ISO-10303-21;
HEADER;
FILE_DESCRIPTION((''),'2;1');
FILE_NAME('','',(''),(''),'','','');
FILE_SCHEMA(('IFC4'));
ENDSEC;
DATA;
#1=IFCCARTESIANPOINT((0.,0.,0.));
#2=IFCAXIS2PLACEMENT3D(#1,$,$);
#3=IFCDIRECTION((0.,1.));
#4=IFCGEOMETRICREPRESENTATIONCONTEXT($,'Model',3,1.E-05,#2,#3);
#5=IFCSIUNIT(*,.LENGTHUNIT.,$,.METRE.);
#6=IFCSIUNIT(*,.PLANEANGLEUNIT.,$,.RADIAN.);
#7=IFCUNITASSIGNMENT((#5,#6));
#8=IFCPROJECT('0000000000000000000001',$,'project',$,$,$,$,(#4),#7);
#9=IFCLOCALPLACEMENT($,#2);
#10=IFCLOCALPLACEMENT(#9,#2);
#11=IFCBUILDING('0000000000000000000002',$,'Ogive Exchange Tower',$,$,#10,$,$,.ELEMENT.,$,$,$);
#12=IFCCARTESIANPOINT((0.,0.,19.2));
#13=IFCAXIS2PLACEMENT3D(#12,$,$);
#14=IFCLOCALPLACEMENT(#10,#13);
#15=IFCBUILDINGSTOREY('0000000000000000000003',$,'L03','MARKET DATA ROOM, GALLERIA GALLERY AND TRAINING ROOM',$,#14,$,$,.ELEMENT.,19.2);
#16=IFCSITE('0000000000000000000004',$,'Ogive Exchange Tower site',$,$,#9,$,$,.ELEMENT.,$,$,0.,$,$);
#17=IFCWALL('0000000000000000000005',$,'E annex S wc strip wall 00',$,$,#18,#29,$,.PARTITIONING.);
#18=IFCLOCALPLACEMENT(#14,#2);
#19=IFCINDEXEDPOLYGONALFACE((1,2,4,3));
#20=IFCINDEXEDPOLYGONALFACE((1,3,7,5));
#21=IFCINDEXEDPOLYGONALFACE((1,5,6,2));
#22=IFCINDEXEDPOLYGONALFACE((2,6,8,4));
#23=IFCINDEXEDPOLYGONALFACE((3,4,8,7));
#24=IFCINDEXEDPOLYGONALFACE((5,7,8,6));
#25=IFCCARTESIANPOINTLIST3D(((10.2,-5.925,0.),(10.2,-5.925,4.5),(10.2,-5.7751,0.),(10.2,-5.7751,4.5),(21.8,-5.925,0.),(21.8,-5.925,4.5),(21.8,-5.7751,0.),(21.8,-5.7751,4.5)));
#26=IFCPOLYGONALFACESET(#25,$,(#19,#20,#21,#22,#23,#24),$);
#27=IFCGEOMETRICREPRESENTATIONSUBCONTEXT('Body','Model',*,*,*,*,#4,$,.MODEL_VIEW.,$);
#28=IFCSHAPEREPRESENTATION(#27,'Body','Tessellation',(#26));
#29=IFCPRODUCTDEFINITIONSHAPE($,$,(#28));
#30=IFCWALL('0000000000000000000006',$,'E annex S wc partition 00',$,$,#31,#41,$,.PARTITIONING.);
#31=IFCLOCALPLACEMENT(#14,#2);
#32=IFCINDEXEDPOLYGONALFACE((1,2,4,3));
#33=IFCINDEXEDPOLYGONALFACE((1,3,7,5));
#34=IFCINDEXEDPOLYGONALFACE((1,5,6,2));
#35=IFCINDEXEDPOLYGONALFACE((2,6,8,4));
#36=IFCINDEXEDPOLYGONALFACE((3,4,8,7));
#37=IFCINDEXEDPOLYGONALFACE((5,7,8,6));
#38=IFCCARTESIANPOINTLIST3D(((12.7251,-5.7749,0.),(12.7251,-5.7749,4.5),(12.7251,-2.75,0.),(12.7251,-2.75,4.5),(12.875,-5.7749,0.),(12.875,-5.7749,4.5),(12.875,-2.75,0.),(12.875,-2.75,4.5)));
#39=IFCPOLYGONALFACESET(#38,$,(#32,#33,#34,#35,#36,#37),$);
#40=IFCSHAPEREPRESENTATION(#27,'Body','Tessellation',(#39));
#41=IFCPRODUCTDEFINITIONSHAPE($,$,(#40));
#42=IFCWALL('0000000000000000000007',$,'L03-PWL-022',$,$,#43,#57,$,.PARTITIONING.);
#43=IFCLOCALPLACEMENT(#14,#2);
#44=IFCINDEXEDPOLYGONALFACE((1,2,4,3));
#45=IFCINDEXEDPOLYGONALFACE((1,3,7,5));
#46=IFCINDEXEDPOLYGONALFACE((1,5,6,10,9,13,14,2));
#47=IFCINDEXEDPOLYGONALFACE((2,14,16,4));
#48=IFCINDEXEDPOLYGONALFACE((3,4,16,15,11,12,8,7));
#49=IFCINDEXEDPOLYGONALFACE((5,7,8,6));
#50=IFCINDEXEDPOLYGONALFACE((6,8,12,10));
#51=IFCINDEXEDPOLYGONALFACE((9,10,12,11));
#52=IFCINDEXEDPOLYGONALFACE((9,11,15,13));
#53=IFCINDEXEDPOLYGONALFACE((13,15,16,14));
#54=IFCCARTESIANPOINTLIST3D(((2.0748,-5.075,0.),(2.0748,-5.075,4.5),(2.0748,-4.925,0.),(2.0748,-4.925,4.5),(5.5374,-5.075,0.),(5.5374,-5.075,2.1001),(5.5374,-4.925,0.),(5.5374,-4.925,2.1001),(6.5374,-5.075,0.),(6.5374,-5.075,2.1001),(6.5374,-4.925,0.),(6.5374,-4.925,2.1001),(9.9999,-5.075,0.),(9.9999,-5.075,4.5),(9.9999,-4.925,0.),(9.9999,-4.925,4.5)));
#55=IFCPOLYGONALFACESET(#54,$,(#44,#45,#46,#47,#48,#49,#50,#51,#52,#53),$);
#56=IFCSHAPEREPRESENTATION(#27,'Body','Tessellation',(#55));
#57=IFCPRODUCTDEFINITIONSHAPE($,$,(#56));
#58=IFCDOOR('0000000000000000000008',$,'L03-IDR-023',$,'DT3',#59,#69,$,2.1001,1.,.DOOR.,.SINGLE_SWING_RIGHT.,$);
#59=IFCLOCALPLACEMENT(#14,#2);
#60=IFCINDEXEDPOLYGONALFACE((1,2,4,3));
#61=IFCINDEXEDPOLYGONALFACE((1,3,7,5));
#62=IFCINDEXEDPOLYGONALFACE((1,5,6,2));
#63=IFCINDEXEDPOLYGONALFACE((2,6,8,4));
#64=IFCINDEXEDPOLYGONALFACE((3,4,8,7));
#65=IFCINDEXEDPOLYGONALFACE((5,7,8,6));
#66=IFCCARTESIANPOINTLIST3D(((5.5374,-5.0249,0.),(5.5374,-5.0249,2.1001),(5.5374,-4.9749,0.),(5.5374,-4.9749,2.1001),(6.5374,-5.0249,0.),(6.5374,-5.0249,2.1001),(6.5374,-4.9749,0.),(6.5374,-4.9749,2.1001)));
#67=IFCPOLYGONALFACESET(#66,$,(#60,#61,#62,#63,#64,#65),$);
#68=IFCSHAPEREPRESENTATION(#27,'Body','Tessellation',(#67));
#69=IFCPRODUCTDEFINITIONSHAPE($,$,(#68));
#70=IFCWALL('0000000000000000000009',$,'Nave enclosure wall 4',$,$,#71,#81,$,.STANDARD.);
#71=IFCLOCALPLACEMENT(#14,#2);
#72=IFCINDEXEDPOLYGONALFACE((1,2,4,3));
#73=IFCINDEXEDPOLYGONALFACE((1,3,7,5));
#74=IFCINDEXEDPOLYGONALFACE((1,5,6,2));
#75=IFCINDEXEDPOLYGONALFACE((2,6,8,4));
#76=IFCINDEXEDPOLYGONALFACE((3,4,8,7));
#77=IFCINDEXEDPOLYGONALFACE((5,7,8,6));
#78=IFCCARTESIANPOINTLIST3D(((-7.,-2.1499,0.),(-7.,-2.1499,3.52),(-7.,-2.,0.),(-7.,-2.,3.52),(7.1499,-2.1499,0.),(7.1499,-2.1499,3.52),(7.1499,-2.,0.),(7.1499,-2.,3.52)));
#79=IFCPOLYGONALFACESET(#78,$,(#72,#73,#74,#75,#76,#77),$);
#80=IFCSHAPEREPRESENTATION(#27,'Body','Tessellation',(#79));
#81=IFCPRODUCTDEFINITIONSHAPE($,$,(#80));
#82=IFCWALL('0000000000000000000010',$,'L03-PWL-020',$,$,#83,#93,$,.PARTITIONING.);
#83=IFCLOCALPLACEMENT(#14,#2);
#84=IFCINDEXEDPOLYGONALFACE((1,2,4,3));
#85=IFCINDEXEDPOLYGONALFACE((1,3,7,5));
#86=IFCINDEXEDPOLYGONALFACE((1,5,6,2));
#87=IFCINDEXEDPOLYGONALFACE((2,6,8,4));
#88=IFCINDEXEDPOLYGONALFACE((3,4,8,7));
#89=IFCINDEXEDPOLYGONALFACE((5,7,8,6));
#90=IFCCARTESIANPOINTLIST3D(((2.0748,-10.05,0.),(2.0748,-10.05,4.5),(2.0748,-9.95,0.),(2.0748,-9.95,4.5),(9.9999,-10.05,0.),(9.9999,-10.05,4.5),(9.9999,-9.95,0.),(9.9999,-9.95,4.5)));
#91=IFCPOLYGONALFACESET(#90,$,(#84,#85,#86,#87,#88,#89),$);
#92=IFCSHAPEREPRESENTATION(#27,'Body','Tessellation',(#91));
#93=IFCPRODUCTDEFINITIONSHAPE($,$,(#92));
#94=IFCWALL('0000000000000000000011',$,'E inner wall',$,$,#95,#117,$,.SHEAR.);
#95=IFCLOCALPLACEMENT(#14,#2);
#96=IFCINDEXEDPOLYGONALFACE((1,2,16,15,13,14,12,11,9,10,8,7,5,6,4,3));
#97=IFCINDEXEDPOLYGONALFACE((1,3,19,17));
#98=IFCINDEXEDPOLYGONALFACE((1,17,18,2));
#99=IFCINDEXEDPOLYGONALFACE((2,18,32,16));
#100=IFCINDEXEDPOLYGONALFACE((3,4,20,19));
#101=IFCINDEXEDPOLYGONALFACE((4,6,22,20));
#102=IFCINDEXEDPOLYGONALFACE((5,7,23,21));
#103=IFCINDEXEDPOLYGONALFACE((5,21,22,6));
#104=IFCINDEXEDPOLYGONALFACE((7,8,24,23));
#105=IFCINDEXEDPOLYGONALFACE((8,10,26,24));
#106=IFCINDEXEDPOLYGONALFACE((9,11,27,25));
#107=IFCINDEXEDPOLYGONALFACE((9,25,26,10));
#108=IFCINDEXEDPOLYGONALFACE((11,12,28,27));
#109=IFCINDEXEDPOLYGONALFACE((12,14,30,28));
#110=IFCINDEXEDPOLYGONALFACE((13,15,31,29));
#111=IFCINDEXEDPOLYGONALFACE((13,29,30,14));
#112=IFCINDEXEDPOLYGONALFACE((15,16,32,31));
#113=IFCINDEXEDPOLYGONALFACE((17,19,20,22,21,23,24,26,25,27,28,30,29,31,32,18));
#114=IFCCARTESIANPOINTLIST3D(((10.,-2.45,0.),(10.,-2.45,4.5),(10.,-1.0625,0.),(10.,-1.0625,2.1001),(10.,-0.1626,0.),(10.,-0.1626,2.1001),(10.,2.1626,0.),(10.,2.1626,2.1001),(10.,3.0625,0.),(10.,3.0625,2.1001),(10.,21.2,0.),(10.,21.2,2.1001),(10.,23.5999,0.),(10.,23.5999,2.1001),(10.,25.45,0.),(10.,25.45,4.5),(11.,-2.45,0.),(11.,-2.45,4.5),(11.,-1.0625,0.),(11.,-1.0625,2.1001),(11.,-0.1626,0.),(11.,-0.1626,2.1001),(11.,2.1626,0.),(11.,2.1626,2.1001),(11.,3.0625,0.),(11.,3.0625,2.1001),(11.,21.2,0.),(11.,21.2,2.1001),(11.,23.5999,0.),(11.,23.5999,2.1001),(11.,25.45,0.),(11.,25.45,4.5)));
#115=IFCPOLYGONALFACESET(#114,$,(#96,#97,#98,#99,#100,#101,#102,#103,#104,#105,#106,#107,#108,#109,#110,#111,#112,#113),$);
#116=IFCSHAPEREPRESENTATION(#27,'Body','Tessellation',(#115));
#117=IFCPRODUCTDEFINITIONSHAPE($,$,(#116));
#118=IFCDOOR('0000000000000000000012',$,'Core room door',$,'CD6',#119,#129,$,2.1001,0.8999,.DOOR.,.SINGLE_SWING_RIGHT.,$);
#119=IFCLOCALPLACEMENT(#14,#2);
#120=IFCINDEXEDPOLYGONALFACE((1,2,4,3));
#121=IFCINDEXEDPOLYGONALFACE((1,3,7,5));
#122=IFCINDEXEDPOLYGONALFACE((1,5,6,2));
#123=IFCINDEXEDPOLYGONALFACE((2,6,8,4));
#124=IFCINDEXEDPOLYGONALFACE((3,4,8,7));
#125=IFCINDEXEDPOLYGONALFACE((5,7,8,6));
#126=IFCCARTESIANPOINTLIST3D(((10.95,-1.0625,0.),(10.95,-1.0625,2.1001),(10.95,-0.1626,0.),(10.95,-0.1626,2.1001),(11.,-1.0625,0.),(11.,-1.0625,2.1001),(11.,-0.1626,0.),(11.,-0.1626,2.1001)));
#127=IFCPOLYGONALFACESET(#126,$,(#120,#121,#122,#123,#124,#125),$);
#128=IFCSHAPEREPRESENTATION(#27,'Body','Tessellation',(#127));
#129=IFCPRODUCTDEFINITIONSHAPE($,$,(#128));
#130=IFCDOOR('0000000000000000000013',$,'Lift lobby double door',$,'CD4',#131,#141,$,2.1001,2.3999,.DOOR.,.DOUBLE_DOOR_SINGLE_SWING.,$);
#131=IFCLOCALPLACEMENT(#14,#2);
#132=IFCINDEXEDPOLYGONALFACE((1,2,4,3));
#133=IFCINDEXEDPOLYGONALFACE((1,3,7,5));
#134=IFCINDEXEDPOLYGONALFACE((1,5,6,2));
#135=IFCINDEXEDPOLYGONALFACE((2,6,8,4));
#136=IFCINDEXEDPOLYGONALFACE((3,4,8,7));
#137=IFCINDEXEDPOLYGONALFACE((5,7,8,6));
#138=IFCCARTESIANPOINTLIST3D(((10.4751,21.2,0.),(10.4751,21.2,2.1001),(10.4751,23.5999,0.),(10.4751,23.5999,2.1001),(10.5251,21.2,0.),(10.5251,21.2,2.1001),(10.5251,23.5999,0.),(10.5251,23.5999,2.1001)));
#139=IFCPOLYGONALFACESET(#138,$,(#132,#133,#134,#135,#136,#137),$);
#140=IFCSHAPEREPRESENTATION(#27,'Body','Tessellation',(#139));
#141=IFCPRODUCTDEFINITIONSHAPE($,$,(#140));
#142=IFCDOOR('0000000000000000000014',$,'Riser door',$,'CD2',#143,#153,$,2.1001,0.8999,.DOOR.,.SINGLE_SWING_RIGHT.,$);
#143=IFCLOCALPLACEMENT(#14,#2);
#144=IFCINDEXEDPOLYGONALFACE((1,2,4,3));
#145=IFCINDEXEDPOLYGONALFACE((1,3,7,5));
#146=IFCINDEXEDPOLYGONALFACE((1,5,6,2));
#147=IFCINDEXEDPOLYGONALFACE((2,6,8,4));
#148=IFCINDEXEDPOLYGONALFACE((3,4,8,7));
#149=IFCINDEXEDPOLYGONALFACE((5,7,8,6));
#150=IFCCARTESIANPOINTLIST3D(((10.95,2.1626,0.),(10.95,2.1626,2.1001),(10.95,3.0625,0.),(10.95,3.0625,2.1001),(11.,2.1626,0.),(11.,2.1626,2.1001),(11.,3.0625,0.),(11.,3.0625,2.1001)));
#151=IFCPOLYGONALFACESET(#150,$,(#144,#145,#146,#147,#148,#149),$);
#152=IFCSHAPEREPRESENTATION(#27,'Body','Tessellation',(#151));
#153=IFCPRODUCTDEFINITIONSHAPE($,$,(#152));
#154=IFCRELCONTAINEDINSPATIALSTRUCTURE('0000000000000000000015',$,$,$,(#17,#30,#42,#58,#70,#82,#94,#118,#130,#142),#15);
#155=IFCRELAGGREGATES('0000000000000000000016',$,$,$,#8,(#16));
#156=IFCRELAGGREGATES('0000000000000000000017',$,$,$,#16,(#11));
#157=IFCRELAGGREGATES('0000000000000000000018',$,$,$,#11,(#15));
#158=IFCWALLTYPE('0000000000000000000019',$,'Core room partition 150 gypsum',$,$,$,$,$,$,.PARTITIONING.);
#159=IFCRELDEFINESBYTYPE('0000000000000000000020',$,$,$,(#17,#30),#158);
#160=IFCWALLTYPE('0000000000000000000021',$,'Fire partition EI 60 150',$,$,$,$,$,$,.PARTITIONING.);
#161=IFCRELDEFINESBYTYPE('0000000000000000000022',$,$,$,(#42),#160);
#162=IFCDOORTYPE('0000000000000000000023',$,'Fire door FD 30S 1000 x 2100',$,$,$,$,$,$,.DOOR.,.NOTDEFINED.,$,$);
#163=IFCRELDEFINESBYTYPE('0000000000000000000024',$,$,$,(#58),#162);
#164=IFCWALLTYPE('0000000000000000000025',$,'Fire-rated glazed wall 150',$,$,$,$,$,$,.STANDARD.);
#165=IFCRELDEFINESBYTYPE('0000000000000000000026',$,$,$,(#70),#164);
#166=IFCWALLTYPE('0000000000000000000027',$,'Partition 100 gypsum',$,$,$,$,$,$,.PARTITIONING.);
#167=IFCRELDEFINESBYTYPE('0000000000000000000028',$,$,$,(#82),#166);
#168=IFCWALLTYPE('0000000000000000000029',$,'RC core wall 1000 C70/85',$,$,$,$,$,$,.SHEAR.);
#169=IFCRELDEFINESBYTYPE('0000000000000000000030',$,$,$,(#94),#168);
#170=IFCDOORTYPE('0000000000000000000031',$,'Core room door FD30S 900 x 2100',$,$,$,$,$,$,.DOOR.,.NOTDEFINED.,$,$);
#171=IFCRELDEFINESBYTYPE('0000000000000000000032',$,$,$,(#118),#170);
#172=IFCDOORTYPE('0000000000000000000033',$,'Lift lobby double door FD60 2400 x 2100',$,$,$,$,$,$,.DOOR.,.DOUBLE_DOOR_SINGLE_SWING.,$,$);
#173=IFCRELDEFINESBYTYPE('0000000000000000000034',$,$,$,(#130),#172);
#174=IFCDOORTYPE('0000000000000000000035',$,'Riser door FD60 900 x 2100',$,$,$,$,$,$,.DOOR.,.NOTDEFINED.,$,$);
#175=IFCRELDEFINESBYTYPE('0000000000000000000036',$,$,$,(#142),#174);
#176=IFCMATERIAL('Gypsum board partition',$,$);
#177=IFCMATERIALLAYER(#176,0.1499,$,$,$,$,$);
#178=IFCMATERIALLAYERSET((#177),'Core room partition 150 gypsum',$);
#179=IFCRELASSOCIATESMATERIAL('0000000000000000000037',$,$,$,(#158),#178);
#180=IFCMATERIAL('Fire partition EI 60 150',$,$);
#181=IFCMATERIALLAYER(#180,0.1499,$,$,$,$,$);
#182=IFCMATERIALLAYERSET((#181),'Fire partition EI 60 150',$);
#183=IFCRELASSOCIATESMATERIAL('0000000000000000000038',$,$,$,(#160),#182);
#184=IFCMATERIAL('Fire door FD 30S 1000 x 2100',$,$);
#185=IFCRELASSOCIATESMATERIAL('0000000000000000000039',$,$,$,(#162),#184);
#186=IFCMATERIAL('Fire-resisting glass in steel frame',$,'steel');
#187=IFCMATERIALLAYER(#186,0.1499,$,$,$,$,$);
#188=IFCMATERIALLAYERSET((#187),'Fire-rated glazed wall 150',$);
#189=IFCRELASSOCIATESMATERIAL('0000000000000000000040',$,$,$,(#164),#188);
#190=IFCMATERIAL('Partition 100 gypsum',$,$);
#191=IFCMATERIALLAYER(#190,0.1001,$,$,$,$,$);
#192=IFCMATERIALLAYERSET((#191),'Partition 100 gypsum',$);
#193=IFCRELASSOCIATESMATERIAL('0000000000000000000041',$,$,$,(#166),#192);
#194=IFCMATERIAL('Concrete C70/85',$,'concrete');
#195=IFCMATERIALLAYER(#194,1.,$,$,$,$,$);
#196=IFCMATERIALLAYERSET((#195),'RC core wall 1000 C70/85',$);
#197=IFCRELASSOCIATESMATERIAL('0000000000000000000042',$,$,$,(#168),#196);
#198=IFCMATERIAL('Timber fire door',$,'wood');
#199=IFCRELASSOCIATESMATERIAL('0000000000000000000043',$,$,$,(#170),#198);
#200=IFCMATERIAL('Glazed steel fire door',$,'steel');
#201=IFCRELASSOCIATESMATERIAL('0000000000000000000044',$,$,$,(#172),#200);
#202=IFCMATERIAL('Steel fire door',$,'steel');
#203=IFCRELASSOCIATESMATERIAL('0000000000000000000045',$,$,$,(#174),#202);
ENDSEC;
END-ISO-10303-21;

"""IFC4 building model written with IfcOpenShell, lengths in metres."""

from ifc_helpers import new_model, si_unit, direction, frame, frame_2d, origin, place, context, subcontext, project, spatial, rectangle, extrude, material, layer, layer_set, type_object, element, fill, save


model = new_model("IFC4")

# Units and contexts
model_context = context("Model", 3, precision=1e-05, world=origin(), true_north=direction((0.0, 1.0)))
body_context = subcontext(model_context, "Body", "Model", "MODEL_VIEW")
ifc_project = project(units=[si_unit("LENGTHUNIT", "METRE"), si_unit("PLANEANGLEUNIT", "RADIAN")], contexts=[model_context])

# Site, building, storey
site_placement = place(None, origin())
site = spatial("IfcSite", under=ifc_project, at=site_placement, Name="Ogive Exchange Tower site", CompositionType="ELEMENT", RefElevation=0.0)
building_placement = place(site_placement, origin())
building = spatial("IfcBuilding", under=site, at=building_placement, Name="Ogive Exchange Tower", CompositionType="ELEMENT")
storey_placement = place(building_placement, frame((0.0, 0.0, 19.2)))
storey = spatial("IfcBuildingStorey", under=building, at=storey_placement, Name="L03", Description="MARKET DATA ROOM, GALLERIA GALLERY AND TRAINING ROOM", CompositionType="ELEMENT", Elevation=19.2)

# Shared definitions
ifc_material_1 = material(Name="Concrete C70/85", Category="concrete")

# Walls
ifc_material_2 = material(Name="Gypsum board partition")
ifc_layer_1 = layer(ifc_material_2, 0.1499)
ifc_layer_set_1 = layer_set([ifc_layer_1], Name="Core room partition 150 gypsum")
wall_type_1 = type_object("IfcWallType", Name="Core room partition 150 gypsum", PredefinedType="PARTITIONING", material=ifc_layer_set_1)
wall_1_placement = place(storey_placement, frame((10.2, -5.8501, 0.0), z_axis=(0.0, 0.0, 1.0), x_axis=(1.0, 0.0, 0.0)))
element("IfcWall", 1, at=wall_1_placement, inside=storey, type_object=wall_type_1, Name="E annex S wc strip wall 00", PredefinedType="PARTITIONING", context=body_context, shape_type="SweptSolid", body=[
    extrude(rectangle(XDim=11.6001, YDim=0.1499, at=frame_2d((5.8, 0.0))), origin(), (0.0, 0.0, 1.0), 4.5),
])
wall_2_placement = place(storey_placement, frame((12.8, -5.7749, 0.0), z_axis=(0.0, 0.0, 1.0), x_axis=(0.0, 1.0, 0.0)))
element("IfcWall", 2, at=wall_2_placement, inside=storey, type_object=wall_type_1, Name="E annex S wc partition 00", PredefinedType="PARTITIONING", context=body_context, shape_type="SweptSolid", body=[
    extrude(rectangle(XDim=3.0249, YDim=0.1499, at=frame_2d((1.5125, 0.0))), origin(), (0.0, 0.0, 1.0), 4.5),
])

# Wall, opening, door
ifc_material_3 = material(Name="Fire partition EI 60 150")
ifc_layer_2 = layer(ifc_material_3, 0.1499)
ifc_layer_set_2 = layer_set([ifc_layer_2], Name="Fire partition EI 60 150")
wall_type_2 = type_object("IfcWallType", Name="Fire partition EI 60 150", PredefinedType="PARTITIONING", material=ifc_layer_set_2)
wall_3_placement = place(storey_placement, frame((2.075, -5.0, 0.0), z_axis=(0.0, 0.0, 1.0), x_axis=(1.0, 0.0, 0.0)))
wall_3 = element("IfcWall", 3, at=wall_3_placement, inside=storey, type_object=wall_type_2, Name="L03-PWL-022", PredefinedType="PARTITIONING", context=body_context, shape_type="SweptSolid", body=[
    extrude(rectangle(XDim=7.925, YDim=0.1499, at=frame_2d((3.9624, 0.0))), origin(), (0.0, 0.0, 1.0), 4.5),
])
opening_1_placement = place(wall_3_placement, frame((3.4624, 0.0, 0.0)))
opening_1 = element("IfcOpeningElement", 4, at=opening_1_placement, cuts=wall_3, PredefinedType="OPENING", context=body_context, shape_type="SweptSolid", body=[
    extrude(rectangle(XDim=1.0, YDim=2.1001, at=frame_2d((0.5, 1.05))), frame((0.0, 0.085, 0.0), z_axis=(0.0, -1.0, 0.0), x_axis=(1.0, 0.0, 0.0)), (0.0, 0.0, 1.0), 0.1699),
])
ifc_material_4 = material(Name="Fire door FD 30S 1000 x 2100")
door_type_1 = type_object("IfcDoorType", Name="Fire door FD 30S 1000 x 2100", OperationType="NOTDEFINED", PredefinedType="DOOR", material=ifc_material_4)
door_1_placement = place(opening_1_placement, frame((1.0, 0.0, 0.0), z_axis=(0.0, 0.0, 1.0), x_axis=(-1.0, 0.0, 0.0)))
door_1 = element("IfcDoor", 5, at=door_1_placement, inside=storey, type_object=door_type_1, Name="L03-IDR-023", ObjectType="DT3", OperationType="SINGLE_SWING_RIGHT", OverallHeight=2.1001, OverallWidth=1.0, PredefinedType="DOOR", context=body_context, shape_type="SweptSolid", body=[
    extrude(rectangle(XDim=1.0, YDim=2.1001, at=frame_2d((0.5, 1.05))), frame((0.0, 0.0249, 0.0), z_axis=(0.0, -1.0, 0.0), x_axis=(1.0, 0.0, 0.0)), (0.0, 0.0, 1.0), 0.05),
])
fill(opening_1, door_1)

# Walls
ifc_material_5 = material(Name="Fire-resisting glass in steel frame", Category="steel")
ifc_layer_3 = layer(ifc_material_5, 0.1499)
ifc_layer_set_3 = layer_set([ifc_layer_3], Name="Fire-rated glazed wall 150")
wall_type_3 = type_object("IfcWallType", Name="Fire-rated glazed wall 150", PredefinedType="STANDARD", material=ifc_layer_set_3)
wall_4_placement = place(storey_placement, frame((7.1499, -2.075, 0.0), z_axis=(0.0, 0.0, 1.0), x_axis=(-1.0, 0.0, 0.0)))
element("IfcWall", 6, at=wall_4_placement, inside=storey, type_object=wall_type_3, Name="Nave enclosure wall 4", PredefinedType="STANDARD", context=body_context, shape_type="SweptSolid", body=[
    extrude(rectangle(XDim=14.1499, YDim=0.1499, at=frame_2d((7.075, 0.0))), origin(), (0.0, 0.0, 1.0), 3.52),
])
ifc_material_6 = material(Name="Partition 100 gypsum")
ifc_layer_4 = layer(ifc_material_6, 0.1001)
ifc_layer_set_4 = layer_set([ifc_layer_4], Name="Partition 100 gypsum")
wall_type_4 = type_object("IfcWallType", Name="Partition 100 gypsum", PredefinedType="PARTITIONING", material=ifc_layer_set_4)
wall_5_placement = place(storey_placement, frame((2.075, -10.0, 0.0), z_axis=(0.0, 0.0, 1.0), x_axis=(1.0, 0.0, 0.0)))
element("IfcWall", 7, at=wall_5_placement, inside=storey, type_object=wall_type_4, Name="L03-PWL-020", PredefinedType="PARTITIONING", context=body_context, shape_type="SweptSolid", body=[
    extrude(rectangle(XDim=7.925, YDim=0.1001, at=frame_2d((3.9624, 0.0))), origin(), (0.0, 0.0, 1.0), 4.5),
])

# Wall, openings, doors
ifc_layer_5 = layer(ifc_material_1, 1.0)
ifc_layer_set_5 = layer_set([ifc_layer_5], Name="RC core wall 1000 C70/85")
wall_type_5 = type_object("IfcWallType", Name="RC core wall 1000 C70/85", PredefinedType="SHEAR", material=ifc_layer_set_5)
wall_6_placement = place(storey_placement, frame((10.5, -2.45, 0.0), z_axis=(0.0, 0.0, 1.0), x_axis=(0.0, 1.0, 0.0)))
wall_6 = element("IfcWall", 8, at=wall_6_placement, inside=storey, type_object=wall_type_5, Name="E inner wall", PredefinedType="SHEAR", context=body_context, shape_type="SweptSolid", body=[
    extrude(rectangle(XDim=27.8999, YDim=1.0, at=frame_2d((13.95, 0.0))), origin(), (0.0, 0.0, 1.0), 4.5),
])
opening_2_placement = place(wall_6_placement, frame((23.6499, 0.0, 0.0)))
opening_2 = element("IfcOpeningElement", 9, at=opening_2_placement, cuts=wall_6, PredefinedType="OPENING", context=body_context, shape_type="SweptSolid", body=[
    extrude(rectangle(XDim=2.3999, YDim=2.1001, at=frame_2d((1.2, 1.05))), frame((0.0, 0.51, 0.0), z_axis=(0.0, -1.0, 0.0), x_axis=(1.0, 0.0, 0.0)), (0.0, 0.0, 1.0), 1.02),
])
opening_3_placement = place(wall_6_placement, frame((1.3875, 0.0, 0.0)))
opening_3 = element("IfcOpeningElement", 10, at=opening_3_placement, cuts=wall_6, PredefinedType="OPENING", context=body_context, shape_type="SweptSolid", body=[
    extrude(rectangle(XDim=0.8999, YDim=2.1001, at=frame_2d((0.45, 1.05))), frame((0.0, 0.51, 0.0), z_axis=(0.0, -1.0, 0.0), x_axis=(1.0, 0.0, 0.0)), (0.0, 0.0, 1.0), 1.02),
])
opening_4_placement = place(wall_6_placement, frame((4.6125, 0.0, 0.0)))
opening_4 = element("IfcOpeningElement", 11, at=opening_4_placement, cuts=wall_6, PredefinedType="OPENING", context=body_context, shape_type="SweptSolid", body=[
    extrude(rectangle(XDim=0.8999, YDim=2.1001, at=frame_2d((0.45, 1.05))), frame((0.0, 0.51, 0.0), z_axis=(0.0, -1.0, 0.0), x_axis=(1.0, 0.0, 0.0)), (0.0, 0.0, 1.0), 1.02),
])
ifc_material_7 = material(Name="Timber fire door", Category="wood")
door_type_2 = type_object("IfcDoorType", Name="Core room door FD30S 900 x 2100", OperationType="NOTDEFINED", PredefinedType="DOOR", material=ifc_material_7)
door_2_placement = place(opening_3_placement, frame((0.8999, -0.9502, 0.0), z_axis=(0.0, 0.0, 1.0), x_axis=(-1.0, 0.0, 0.0)))
door_2 = element("IfcDoor", 12, at=door_2_placement, inside=storey, type_object=door_type_2, Name="Core room door", ObjectType="CD6", OperationType="SINGLE_SWING_RIGHT", OverallHeight=2.1001, OverallWidth=0.8999, PredefinedType="DOOR", context=body_context, shape_type="SweptSolid", body=[
    extrude(rectangle(XDim=0.8999, YDim=2.1001, at=frame_2d((0.45, 1.05))), frame((0.0, -0.4502, 0.0), z_axis=(0.0, -1.0, 0.0), x_axis=(1.0, 0.0, 0.0)), (0.0, 0.0, 1.0), 0.05),
])
fill(opening_3, door_2)
ifc_material_8 = material(Name="Glazed steel fire door", Category="steel")
door_type_3 = type_object("IfcDoorType", Name="Lift lobby double door FD60 2400 x 2100", OperationType="DOUBLE_DOOR_SINGLE_SWING", PredefinedType="DOOR", material=ifc_material_8)
door_3_placement = place(opening_2_placement, origin())
door_3 = element("IfcDoor", 13, at=door_3_placement, inside=storey, type_object=door_type_3, Name="Lift lobby double door", ObjectType="CD4", OperationType="DOUBLE_DOOR_SINGLE_SWING", OverallHeight=2.1001, OverallWidth=2.3999, PredefinedType="DOOR", context=body_context, shape_type="SweptSolid", body=[
    extrude(rectangle(XDim=2.3999, YDim=2.1001, at=frame_2d((1.2, 1.05))), frame((0.0, 0.0249, 0.0), z_axis=(0.0, -1.0, 0.0), x_axis=(1.0, 0.0, 0.0)), (0.0, 0.0, 1.0), 0.05),
])
fill(opening_2, door_3)
ifc_material_9 = material(Name="Steel fire door", Category="steel")
door_type_4 = type_object("IfcDoorType", Name="Riser door FD60 900 x 2100", OperationType="NOTDEFINED", PredefinedType="DOOR", material=ifc_material_9)
door_4_placement = place(opening_4_placement, frame((0.8999, -0.9502, 0.0), z_axis=(0.0, 0.0, 1.0), x_axis=(-1.0, 0.0, 0.0)))
door_4 = element("IfcDoor", 14, at=door_4_placement, inside=storey, type_object=door_type_4, Name="Riser door", ObjectType="CD2", OperationType="SINGLE_SWING_RIGHT", OverallHeight=2.1001, OverallWidth=0.8999, PredefinedType="DOOR", context=body_context, shape_type="SweptSolid", body=[
    extrude(rectangle(XDim=0.8999, YDim=2.1001, at=frame_2d((0.45, 1.05))), frame((0.0, -0.4502, 0.0), z_axis=(0.0, -1.0, 0.0), x_axis=(1.0, 0.0, 0.0)), (0.0, 0.0, 1.0), 0.05),
])
fill(opening_4, door_4)

save(model, "model.ifc")
